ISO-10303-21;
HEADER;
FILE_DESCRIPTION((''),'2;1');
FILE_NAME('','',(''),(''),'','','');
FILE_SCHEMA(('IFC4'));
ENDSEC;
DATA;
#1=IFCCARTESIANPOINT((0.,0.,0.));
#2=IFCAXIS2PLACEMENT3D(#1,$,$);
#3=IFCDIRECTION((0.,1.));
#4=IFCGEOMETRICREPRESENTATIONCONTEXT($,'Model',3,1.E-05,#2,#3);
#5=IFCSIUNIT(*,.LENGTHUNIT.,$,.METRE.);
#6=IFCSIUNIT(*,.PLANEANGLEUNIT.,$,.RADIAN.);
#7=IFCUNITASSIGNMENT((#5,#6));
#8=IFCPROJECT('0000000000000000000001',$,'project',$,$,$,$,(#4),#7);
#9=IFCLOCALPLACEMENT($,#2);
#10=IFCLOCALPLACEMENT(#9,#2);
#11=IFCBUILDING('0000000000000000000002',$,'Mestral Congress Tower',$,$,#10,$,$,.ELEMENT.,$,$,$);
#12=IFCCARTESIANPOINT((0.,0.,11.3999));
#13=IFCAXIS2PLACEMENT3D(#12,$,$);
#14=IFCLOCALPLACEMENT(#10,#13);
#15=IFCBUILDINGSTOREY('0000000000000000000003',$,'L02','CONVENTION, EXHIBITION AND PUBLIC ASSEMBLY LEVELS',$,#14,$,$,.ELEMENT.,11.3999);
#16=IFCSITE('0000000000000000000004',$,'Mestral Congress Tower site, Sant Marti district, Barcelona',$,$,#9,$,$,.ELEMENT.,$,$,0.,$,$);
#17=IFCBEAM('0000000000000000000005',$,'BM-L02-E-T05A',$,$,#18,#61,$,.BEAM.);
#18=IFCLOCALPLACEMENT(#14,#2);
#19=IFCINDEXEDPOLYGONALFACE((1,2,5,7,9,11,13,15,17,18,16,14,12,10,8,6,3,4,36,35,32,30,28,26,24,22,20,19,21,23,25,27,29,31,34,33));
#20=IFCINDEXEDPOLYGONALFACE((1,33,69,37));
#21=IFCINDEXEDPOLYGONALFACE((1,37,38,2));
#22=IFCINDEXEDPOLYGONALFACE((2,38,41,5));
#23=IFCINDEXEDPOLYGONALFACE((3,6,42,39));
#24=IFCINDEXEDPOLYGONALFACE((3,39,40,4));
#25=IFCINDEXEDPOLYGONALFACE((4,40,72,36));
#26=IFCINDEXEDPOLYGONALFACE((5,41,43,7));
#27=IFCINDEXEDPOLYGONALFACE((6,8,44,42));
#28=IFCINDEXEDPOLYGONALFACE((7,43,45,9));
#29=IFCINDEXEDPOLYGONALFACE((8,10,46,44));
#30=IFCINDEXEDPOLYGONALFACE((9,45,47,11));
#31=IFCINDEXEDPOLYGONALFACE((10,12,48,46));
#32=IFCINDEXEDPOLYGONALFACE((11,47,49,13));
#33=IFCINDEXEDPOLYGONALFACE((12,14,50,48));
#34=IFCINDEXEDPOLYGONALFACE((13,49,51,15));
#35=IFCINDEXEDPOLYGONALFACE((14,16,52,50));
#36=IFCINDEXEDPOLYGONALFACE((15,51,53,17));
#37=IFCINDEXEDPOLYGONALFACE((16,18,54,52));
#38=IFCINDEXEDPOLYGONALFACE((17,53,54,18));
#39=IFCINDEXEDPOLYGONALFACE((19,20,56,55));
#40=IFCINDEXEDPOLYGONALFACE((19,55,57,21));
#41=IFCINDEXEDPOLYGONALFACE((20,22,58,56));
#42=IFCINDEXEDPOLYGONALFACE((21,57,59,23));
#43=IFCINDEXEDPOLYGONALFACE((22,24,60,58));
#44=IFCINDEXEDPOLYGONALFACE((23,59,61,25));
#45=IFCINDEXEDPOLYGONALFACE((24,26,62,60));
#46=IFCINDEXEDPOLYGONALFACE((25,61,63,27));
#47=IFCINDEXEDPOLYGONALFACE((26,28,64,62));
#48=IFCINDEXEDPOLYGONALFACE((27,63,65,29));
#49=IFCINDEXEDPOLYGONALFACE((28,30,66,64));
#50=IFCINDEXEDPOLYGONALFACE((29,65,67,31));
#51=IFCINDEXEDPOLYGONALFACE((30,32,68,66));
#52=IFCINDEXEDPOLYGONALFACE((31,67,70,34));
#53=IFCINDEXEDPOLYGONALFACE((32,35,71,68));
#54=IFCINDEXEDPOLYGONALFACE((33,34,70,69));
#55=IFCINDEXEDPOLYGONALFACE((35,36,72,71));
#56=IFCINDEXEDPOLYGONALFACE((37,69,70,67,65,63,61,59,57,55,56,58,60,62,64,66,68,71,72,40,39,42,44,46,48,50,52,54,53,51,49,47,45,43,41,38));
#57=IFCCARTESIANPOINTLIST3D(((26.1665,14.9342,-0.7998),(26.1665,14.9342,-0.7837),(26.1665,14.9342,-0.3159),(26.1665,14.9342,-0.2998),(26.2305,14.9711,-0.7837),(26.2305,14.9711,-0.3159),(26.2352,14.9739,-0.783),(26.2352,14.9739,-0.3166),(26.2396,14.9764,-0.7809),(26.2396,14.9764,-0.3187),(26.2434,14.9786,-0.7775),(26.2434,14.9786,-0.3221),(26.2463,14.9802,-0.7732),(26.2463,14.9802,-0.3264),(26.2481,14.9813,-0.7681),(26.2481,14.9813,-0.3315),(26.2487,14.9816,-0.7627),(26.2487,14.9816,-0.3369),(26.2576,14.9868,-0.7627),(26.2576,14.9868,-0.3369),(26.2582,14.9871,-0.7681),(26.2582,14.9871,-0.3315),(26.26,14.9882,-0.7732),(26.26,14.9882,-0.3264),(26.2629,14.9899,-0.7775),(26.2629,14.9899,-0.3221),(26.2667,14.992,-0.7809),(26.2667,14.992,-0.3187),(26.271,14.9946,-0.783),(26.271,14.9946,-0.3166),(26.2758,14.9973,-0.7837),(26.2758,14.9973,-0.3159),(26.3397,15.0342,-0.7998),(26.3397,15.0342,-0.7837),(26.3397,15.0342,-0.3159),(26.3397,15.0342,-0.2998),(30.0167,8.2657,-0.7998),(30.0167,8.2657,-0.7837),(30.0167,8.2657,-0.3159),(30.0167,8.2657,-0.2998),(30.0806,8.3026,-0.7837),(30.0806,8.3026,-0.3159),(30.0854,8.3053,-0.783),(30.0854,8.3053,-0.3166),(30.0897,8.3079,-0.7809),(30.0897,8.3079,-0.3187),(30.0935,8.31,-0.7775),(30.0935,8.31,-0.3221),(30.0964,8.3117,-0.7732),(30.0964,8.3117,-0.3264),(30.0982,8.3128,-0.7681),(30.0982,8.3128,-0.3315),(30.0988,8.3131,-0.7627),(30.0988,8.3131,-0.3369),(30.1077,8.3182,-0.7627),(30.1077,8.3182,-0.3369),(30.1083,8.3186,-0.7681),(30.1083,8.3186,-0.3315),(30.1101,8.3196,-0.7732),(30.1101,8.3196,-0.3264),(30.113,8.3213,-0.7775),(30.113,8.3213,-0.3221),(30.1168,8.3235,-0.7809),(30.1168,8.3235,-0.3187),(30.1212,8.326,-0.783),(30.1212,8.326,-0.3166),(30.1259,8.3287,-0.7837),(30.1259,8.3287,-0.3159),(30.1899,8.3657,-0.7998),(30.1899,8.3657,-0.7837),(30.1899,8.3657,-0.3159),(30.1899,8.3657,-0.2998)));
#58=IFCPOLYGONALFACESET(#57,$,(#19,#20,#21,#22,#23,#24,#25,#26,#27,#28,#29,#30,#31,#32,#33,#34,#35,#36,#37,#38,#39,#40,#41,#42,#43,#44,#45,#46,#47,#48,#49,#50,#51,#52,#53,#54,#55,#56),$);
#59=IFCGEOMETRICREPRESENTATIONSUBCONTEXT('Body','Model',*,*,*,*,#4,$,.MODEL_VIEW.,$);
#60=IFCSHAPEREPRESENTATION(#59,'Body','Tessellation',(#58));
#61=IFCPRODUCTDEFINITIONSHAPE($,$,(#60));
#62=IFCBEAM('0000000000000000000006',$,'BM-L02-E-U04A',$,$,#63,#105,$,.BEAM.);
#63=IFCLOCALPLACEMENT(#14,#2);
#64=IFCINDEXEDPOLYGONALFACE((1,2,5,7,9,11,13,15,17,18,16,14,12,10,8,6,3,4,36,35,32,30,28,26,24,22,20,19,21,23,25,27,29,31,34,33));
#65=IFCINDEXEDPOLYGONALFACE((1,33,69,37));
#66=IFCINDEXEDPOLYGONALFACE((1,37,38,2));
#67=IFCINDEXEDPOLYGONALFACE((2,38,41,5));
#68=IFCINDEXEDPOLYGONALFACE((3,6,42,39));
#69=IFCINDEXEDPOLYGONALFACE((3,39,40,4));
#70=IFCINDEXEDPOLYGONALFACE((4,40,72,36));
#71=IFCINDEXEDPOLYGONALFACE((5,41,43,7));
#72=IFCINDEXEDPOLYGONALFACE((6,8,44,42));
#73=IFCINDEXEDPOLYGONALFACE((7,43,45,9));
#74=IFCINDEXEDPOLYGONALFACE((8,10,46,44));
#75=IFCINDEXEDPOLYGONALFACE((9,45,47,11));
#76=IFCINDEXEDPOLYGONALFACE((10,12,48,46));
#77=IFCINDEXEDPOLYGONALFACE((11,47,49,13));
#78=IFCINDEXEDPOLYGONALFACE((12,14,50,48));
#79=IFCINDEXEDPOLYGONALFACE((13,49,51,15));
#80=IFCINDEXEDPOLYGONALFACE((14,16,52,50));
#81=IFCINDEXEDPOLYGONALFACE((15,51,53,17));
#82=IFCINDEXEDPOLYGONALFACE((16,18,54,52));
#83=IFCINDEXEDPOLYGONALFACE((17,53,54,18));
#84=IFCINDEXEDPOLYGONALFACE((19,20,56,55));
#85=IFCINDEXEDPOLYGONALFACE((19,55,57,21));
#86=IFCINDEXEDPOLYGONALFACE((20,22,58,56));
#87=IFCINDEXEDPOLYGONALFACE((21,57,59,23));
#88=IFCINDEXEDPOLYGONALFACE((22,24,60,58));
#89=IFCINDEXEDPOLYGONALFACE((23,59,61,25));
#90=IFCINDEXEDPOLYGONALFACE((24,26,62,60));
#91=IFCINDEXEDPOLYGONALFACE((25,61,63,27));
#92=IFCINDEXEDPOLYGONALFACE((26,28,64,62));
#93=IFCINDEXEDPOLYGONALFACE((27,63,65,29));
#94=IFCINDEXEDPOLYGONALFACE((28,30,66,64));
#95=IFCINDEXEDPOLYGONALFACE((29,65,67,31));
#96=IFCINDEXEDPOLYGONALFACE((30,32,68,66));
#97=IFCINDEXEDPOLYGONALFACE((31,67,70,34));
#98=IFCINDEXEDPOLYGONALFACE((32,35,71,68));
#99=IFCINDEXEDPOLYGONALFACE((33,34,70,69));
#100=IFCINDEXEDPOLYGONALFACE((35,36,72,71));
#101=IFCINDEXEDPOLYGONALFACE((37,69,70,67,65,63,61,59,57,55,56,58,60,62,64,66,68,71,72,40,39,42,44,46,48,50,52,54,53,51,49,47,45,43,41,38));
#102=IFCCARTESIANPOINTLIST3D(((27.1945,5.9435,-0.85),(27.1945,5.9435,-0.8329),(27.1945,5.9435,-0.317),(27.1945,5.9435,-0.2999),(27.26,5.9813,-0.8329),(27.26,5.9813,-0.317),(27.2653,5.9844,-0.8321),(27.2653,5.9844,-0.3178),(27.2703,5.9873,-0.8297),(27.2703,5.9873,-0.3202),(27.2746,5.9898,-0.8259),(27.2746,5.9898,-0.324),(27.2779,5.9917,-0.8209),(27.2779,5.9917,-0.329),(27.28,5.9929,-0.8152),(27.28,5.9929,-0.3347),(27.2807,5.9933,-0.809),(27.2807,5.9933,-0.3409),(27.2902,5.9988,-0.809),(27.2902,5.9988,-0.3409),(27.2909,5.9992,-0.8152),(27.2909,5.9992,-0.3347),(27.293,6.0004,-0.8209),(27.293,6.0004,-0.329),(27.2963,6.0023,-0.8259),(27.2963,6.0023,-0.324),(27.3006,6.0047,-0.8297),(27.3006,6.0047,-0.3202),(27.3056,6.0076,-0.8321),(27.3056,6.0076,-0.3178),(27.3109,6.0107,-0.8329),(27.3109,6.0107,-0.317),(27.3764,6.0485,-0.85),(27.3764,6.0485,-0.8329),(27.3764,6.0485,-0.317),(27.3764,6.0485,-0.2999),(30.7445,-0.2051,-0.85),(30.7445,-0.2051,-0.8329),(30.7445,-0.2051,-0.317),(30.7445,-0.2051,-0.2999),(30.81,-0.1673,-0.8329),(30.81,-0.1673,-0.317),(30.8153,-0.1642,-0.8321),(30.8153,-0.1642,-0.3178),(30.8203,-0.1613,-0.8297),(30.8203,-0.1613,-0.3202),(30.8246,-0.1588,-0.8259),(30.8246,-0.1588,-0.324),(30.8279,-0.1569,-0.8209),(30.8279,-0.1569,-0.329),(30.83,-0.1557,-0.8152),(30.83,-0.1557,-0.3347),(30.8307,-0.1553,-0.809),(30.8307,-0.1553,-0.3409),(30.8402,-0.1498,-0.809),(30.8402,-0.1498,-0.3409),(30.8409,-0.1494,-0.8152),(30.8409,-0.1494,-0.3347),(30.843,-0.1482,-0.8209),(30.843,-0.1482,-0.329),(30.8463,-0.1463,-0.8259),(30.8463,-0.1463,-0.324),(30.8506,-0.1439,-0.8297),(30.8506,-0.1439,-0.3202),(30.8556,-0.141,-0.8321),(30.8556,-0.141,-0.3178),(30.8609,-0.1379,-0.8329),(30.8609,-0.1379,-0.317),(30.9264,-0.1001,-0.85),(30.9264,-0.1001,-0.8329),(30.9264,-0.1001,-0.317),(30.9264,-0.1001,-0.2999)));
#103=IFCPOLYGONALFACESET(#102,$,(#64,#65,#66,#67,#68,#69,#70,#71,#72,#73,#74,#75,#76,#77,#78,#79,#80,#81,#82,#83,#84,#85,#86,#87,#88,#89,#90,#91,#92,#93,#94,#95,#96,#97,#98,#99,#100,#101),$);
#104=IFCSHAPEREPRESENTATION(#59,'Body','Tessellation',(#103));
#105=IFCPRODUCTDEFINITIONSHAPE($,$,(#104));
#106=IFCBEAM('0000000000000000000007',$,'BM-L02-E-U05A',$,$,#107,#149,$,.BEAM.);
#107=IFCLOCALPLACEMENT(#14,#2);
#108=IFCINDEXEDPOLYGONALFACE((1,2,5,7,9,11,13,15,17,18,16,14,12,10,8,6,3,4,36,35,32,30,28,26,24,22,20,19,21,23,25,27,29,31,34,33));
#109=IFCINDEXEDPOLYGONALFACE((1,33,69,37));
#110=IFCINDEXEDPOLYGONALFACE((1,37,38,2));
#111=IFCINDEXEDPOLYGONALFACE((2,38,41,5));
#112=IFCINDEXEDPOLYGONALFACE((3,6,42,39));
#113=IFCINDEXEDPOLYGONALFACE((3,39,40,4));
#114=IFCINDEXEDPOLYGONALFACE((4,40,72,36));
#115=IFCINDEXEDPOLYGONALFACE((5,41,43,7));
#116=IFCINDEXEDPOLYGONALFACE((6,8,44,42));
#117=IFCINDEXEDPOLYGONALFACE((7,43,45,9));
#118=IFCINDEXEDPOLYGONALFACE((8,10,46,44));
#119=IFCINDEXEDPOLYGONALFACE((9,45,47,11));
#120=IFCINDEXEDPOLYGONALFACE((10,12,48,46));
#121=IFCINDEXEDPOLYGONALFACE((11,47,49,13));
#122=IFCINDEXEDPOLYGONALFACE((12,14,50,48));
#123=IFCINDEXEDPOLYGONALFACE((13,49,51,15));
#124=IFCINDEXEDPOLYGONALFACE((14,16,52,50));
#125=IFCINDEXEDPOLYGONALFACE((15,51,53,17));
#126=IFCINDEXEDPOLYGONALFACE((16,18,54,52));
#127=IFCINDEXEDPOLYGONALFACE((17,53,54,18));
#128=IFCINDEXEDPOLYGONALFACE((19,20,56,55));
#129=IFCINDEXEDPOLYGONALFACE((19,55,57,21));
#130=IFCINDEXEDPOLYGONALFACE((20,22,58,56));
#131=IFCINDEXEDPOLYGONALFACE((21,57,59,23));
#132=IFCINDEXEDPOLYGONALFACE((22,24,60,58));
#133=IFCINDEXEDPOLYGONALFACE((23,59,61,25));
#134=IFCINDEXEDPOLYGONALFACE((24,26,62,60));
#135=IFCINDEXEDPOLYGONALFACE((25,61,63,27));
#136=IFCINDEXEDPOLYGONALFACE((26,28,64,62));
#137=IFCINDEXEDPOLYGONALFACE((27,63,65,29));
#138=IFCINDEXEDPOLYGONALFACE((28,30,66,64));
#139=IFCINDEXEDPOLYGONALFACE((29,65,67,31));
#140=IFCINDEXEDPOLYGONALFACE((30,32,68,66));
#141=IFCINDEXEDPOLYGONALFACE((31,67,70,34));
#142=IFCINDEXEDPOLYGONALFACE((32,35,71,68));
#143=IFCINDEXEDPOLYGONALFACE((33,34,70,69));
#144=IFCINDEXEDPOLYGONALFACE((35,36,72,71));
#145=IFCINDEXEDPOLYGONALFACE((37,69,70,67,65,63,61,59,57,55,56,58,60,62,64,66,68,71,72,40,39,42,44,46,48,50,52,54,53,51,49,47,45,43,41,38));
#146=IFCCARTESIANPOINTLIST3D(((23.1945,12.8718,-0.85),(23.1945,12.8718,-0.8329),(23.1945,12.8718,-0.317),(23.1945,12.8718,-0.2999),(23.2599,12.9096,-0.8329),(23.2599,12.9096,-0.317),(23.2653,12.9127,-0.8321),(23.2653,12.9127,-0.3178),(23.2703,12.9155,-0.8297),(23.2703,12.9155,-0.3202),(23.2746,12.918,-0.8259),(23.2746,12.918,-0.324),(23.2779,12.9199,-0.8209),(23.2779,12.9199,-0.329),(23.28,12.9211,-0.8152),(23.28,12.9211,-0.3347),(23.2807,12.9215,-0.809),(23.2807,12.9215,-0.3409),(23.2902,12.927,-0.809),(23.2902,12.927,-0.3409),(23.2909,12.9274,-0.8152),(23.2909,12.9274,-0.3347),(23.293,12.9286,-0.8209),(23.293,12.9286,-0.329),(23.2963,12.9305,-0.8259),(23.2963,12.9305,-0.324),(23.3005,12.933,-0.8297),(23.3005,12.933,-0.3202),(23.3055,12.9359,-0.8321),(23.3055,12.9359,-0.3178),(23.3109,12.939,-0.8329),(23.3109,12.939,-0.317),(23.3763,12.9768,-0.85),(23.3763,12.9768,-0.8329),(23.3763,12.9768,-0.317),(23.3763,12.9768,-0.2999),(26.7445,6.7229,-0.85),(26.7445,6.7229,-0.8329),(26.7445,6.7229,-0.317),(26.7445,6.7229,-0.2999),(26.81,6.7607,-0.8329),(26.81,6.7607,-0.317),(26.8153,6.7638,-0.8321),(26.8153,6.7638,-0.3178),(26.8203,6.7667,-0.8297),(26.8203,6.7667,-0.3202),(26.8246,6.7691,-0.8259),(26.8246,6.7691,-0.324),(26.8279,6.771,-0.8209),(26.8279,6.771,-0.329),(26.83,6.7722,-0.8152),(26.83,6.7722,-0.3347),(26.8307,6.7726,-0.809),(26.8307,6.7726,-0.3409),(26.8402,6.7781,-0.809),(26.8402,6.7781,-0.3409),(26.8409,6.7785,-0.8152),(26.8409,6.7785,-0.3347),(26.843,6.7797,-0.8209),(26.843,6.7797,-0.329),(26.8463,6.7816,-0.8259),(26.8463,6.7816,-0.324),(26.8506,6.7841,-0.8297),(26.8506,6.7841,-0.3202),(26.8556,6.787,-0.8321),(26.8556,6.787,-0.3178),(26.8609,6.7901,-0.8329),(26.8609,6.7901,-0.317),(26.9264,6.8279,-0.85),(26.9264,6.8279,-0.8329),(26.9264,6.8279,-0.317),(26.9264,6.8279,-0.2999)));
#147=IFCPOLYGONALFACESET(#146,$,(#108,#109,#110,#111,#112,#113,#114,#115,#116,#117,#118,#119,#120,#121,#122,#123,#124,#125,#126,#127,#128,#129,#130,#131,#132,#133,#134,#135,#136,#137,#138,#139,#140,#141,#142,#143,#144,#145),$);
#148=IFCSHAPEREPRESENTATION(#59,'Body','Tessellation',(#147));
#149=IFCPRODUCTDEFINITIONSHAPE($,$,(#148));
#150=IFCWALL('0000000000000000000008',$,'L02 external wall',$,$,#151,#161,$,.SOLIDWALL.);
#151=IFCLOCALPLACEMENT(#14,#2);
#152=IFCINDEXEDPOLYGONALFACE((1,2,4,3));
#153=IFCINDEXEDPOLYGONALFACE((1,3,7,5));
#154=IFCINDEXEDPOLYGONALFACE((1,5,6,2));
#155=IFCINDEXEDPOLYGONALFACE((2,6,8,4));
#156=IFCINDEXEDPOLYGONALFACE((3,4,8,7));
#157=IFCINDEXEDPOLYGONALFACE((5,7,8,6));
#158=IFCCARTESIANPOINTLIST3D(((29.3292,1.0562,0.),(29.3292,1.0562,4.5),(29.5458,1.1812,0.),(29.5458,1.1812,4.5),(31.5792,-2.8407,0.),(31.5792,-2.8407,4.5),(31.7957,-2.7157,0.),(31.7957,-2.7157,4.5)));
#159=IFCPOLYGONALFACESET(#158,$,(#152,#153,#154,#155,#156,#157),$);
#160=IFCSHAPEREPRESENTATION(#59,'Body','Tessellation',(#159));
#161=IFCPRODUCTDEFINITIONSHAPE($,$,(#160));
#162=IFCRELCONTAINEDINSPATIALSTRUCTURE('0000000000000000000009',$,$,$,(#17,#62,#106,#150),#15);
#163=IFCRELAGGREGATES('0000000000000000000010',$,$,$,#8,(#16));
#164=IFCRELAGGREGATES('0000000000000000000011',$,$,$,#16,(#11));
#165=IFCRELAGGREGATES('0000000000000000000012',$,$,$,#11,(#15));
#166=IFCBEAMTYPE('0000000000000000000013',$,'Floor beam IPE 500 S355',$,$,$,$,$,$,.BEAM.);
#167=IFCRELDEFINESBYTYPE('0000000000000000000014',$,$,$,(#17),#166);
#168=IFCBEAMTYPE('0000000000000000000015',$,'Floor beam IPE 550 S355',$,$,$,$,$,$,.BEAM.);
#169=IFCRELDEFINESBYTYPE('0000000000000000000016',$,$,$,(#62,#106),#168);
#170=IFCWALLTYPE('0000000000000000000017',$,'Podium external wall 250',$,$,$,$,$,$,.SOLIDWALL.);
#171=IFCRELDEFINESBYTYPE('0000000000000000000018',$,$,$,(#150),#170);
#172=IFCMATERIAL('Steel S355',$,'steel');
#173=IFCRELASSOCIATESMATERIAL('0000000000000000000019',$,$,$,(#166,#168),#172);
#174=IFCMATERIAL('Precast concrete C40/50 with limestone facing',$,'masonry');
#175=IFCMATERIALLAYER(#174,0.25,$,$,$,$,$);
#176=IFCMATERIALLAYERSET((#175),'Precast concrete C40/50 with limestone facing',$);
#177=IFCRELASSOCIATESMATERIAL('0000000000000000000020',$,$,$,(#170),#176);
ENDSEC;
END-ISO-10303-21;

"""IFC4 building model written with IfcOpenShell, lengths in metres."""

from ifc_helpers import new_model, si_unit, direction, frame, frame_2d, origin, origin_2d, place, context, subcontext, project, spatial, rectangle, i_section, extrude, material, layer, layer_set, material_profile, profile_set, type_object, element, save


model = new_model("IFC4")

# Units and contexts
model_context = context("Model", 3, precision=1e-05, world=origin(), true_north=direction((0.0, 1.0)))
body_context = subcontext(model_context, "Body", "Model", "MODEL_VIEW")
ifc_project = project(units=[si_unit("LENGTHUNIT", "METRE"), si_unit("PLANEANGLEUNIT", "RADIAN")], contexts=[model_context])

# Site, building, storey
site_placement = place(None, origin())
site = spatial("IfcSite", under=ifc_project, at=site_placement, Name="Mestral Congress Tower site, Sant Marti district, Barcelona", CompositionType="ELEMENT", RefElevation=0.0)
building_placement = place(site_placement, origin())
building = spatial("IfcBuilding", under=site, at=building_placement, Name="Mestral Congress Tower", CompositionType="ELEMENT")
storey_placement = place(building_placement, frame((0.0, 0.0, 11.3999)))
storey = spatial("IfcBuildingStorey", under=building, at=storey_placement, Name="L02", Description="CONVENTION, EXHIBITION AND PUBLIC ASSEMBLY LEVELS", CompositionType="ELEMENT", Elevation=11.3999)

# Beams
ifc_material_1 = material(Name="Steel S355", Category="steel")
ifc_material_profile_1 = material_profile(ifc_material_1, i_section(OverallWidth=0.2, OverallDepth=0.5, WebThickness=0.0103, FlangeThickness=0.0161, FilletRadius=0.021, at=origin_2d()), Name="IPE 500")
ifc_profile_set_1 = profile_set([ifc_material_profile_1], Name="Steel S355")
beam_type_1 = type_object("IfcBeamType", Name="Floor beam IPE 500 S355", PredefinedType="BEAM", material=ifc_profile_set_1)
for number, where, z_axis, x_axis, name in (
    (1, (30.1033, 8.3157, -0.5498), (-0.500006, 0.866022, 0.0), (-0.866022, -0.500006, 0.0), "BM-L02-E-T05A"),
):
    element("IfcBeam", number, at=place(storey_placement, frame(where, z_axis=z_axis, x_axis=x_axis)), inside=storey, type_object=beam_type_1, Name=name, PredefinedType="BEAM", context=body_context, shape_type="SweptSolid", body=[
        extrude(i_section(OverallWidth=0.2, OverallDepth=0.5, WebThickness=0.0103, FlangeThickness=0.0161, FilletRadius=0.021, at=origin_2d()), origin(), (0.0, 0.0, 1.0), 7.7002),
    ])
ifc_material_profile_2 = material_profile(ifc_material_1, i_section(OverallWidth=0.21, OverallDepth=0.55, WebThickness=0.011, FlangeThickness=0.0171, FilletRadius=0.0239, at=origin_2d()), Name="IPE 550")
ifc_profile_set_2 = profile_set([ifc_material_profile_2], Name="Steel S355")
beam_type_2 = type_object("IfcBeamType", Name="Floor beam IPE 550 S355", PredefinedType="BEAM", material=ifc_profile_set_2)
beam_1_placement = place(storey_placement, frame((30.8354, -0.1526, -0.575), z_axis=(-0.500011, 0.866019, 0.0), x_axis=(-0.866019, -0.500011, 0.0)))
element("IfcBeam", 2, at=beam_1_placement, inside=storey, type_object=beam_type_2, Name="BM-L02-E-U04A", PredefinedType="BEAM", context=body_context, shape_type="SweptSolid", body=[
    extrude(i_section(OverallWidth=0.21, OverallDepth=0.55, WebThickness=0.011, FlangeThickness=0.0171, FilletRadius=0.0239, at=origin_2d()), origin(), (0.0, 0.0, 1.0), 7.0999),
])
beam_2_placement = place(storey_placement, frame((26.8354, 6.7754, -0.575), z_axis=(-0.499996, 0.866028, 0.0), x_axis=(-0.866028, -0.499996, 0.0)))
element("IfcBeam", 3, at=beam_2_placement, inside=storey, type_object=beam_type_2, Name="BM-L02-E-U05A", PredefinedType="BEAM", context=body_context, shape_type="SweptSolid", body=[
    extrude(i_section(OverallWidth=0.21, OverallDepth=0.55, WebThickness=0.011, FlangeThickness=0.0171, FilletRadius=0.0239, at=origin_2d()), origin(), (0.0, 0.0, 1.0), 7.1001),
])

# Wall
ifc_material_2 = material(Name="Precast concrete C40/50 with limestone facing", Category="masonry")
ifc_layer_1 = layer(ifc_material_2, 0.25)
ifc_layer_set_1 = layer_set([ifc_layer_1], Name="Precast concrete C40/50 with limestone facing")
wall_type_1 = type_object("IfcWallType", Name="Podium external wall 250", PredefinedType="SOLIDWALL", material=ifc_layer_set_1)
wall_1_placement = place(storey_placement, frame((31.6875, -2.7783, 0.0), z_axis=(0.0, 0.0, 1.0), x_axis=(-0.500014, 0.866018, 0.0)))
element("IfcWall", 4, at=wall_1_placement, inside=storey, type_object=wall_type_1, Name="L02 external wall", PredefinedType="SOLIDWALL", context=body_context, shape_type="SweptSolid", body=[
    extrude(rectangle(XDim=4.4998, YDim=0.25, at=frame_2d((2.25, 0.0))), origin(), (0.0, 0.0, 1.0), 4.5),
])

save(model, "model.ifc")
